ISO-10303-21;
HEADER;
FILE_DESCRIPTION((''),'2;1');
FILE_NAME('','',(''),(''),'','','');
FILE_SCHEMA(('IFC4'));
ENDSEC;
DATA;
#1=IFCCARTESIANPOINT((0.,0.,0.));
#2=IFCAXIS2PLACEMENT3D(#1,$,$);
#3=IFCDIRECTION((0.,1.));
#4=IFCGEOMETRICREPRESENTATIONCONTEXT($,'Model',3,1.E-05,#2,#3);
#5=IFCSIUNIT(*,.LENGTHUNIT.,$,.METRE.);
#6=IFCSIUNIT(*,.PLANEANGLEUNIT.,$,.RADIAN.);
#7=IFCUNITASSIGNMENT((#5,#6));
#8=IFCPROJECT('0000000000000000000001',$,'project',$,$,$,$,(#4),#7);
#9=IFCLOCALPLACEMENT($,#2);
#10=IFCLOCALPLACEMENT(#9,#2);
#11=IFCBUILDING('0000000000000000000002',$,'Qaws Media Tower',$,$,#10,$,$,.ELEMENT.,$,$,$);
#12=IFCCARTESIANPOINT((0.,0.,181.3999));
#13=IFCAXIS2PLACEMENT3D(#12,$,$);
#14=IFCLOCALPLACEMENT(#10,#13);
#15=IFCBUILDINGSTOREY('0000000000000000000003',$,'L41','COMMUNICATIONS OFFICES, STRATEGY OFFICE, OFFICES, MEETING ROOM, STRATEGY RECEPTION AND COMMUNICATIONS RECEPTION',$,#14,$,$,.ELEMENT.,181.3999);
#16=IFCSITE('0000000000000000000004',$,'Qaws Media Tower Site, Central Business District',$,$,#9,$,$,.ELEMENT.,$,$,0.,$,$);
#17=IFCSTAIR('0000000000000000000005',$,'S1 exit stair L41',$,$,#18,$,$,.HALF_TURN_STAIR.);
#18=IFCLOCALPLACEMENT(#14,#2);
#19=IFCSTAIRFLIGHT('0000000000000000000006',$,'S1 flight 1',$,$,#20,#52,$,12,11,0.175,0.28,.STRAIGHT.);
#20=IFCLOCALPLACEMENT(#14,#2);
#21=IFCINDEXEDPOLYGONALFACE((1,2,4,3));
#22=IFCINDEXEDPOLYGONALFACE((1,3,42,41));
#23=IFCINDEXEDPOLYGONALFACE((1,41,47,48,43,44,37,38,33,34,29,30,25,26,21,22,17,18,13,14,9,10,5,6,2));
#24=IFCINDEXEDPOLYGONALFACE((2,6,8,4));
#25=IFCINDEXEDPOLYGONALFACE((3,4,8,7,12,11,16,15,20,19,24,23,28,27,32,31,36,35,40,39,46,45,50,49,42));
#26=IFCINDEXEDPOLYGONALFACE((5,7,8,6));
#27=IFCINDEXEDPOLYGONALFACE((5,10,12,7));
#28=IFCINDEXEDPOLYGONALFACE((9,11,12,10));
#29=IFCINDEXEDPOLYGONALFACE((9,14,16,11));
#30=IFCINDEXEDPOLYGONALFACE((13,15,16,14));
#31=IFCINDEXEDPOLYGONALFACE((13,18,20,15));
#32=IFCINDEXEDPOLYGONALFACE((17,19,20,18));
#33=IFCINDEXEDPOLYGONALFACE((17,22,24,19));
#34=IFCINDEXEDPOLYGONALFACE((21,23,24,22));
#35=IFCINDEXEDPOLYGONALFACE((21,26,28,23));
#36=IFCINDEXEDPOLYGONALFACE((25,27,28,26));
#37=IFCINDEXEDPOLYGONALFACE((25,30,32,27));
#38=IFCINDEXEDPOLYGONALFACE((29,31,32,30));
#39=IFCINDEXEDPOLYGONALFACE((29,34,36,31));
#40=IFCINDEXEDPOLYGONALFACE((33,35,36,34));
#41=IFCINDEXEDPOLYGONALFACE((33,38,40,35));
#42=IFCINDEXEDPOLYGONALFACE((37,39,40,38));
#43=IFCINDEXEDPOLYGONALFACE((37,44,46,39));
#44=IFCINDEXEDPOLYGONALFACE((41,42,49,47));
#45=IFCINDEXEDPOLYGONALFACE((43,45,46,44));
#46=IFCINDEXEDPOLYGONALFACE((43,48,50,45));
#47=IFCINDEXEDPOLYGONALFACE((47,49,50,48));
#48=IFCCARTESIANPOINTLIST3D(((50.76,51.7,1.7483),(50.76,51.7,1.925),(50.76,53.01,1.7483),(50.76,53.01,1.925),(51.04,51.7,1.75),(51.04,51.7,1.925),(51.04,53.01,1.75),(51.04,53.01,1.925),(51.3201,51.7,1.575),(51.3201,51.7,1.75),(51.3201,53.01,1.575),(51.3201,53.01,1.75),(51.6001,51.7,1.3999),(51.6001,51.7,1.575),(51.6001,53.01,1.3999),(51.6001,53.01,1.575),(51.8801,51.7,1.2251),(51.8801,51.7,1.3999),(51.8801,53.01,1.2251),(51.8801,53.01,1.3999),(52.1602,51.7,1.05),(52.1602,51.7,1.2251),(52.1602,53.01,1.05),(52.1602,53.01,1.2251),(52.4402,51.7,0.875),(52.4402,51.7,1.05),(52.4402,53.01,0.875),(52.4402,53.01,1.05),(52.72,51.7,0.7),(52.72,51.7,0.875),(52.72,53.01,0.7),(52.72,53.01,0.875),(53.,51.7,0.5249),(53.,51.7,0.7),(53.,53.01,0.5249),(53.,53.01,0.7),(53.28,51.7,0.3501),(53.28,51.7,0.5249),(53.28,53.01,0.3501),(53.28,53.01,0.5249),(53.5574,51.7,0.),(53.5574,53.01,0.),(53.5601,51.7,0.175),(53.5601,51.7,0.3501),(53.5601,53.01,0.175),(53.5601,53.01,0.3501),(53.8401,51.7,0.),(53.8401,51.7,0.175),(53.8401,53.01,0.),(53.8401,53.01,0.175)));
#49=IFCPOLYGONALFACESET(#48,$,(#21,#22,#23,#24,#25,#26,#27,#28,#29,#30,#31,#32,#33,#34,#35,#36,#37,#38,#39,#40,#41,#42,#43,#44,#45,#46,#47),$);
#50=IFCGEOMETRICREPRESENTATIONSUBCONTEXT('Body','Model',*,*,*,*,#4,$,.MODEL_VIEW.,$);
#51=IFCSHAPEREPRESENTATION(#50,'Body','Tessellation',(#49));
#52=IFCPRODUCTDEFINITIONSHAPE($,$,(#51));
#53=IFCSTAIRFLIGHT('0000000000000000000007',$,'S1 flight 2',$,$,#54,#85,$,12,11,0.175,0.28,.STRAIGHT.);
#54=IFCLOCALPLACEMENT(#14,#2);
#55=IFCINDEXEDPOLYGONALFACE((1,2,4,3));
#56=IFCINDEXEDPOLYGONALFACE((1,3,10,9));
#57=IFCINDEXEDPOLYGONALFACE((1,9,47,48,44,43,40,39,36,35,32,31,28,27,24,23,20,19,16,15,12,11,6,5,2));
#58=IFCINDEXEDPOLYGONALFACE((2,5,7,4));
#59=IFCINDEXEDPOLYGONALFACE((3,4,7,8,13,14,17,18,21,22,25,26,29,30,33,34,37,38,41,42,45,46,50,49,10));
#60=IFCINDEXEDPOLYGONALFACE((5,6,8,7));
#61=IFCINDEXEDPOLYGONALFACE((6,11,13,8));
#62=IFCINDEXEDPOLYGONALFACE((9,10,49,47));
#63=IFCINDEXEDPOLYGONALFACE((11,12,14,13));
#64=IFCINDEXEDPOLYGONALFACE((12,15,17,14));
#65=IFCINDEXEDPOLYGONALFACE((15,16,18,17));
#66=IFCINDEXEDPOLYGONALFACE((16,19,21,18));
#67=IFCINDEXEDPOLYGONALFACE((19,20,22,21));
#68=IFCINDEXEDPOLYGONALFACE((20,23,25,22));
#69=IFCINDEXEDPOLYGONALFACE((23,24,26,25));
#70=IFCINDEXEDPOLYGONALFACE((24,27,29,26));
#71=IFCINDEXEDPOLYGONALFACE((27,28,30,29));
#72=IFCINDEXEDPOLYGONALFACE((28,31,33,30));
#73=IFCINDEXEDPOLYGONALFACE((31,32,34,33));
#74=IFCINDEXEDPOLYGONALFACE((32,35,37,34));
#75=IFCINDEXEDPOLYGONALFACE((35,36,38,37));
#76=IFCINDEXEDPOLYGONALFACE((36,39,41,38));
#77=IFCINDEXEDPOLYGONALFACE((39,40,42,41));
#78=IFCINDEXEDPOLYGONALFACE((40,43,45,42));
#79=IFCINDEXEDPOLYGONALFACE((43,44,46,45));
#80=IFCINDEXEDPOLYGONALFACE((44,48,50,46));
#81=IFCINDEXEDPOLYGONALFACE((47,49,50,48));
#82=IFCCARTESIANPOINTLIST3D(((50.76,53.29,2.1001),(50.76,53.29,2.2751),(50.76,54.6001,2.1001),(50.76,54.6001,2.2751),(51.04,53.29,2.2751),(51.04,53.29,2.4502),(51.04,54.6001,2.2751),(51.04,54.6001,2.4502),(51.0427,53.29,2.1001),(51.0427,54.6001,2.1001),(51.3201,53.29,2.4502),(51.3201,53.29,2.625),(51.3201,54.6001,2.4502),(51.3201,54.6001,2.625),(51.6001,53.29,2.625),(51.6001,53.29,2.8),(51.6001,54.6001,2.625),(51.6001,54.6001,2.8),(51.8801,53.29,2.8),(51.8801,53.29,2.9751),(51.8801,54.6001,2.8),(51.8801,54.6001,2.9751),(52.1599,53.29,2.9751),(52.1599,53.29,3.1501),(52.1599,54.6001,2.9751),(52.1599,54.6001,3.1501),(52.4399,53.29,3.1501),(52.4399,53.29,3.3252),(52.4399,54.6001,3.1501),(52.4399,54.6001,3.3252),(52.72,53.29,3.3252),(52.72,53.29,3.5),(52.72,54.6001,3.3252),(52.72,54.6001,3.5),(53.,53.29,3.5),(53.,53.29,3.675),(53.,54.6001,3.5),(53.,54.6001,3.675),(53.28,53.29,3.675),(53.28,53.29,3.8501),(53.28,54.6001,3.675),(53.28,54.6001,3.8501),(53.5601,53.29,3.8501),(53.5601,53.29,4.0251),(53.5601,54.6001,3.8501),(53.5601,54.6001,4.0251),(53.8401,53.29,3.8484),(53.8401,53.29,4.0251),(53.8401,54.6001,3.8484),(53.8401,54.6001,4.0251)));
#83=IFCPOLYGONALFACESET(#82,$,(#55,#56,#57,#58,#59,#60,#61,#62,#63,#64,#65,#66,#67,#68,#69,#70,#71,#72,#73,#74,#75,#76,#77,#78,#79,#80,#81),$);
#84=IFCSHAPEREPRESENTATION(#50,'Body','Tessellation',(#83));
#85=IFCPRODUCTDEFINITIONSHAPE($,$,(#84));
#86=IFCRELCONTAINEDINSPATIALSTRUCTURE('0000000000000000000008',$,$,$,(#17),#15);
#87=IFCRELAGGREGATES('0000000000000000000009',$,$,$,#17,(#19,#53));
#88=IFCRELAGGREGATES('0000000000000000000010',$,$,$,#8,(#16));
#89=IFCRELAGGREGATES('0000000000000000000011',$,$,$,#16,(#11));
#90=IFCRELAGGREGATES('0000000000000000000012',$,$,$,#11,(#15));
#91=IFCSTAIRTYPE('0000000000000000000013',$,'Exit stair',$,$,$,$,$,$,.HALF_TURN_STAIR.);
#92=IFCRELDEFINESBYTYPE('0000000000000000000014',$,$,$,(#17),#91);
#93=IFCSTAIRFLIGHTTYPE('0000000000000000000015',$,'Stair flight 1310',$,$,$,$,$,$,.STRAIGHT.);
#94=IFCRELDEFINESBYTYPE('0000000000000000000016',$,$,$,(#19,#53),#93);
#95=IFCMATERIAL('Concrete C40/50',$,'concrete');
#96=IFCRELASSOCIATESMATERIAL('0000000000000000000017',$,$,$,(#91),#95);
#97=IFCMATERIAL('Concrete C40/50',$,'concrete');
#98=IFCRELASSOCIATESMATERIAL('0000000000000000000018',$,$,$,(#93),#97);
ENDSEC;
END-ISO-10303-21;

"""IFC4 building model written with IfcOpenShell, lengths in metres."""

from ifc_helpers import new_model, si_unit, direction, frame, origin, place, context, subcontext, project, spatial, polyline, outline, extrude, material, type_object, element, aggregate, save


model = new_model("IFC4")

# Units and contexts
model_context = context("Model", 3, precision=1e-05, world=origin(), true_north=direction((0.0, 1.0)))
body_context = subcontext(model_context, "Body", "Model", "MODEL_VIEW")
ifc_project = project(units=[si_unit("LENGTHUNIT", "METRE"), si_unit("PLANEANGLEUNIT", "RADIAN")], contexts=[model_context])

# Site, building, storey
site_placement = place(None, origin())
site = spatial("IfcSite", under=ifc_project, at=site_placement, Name="Qaws Media Tower Site, Central Business District", CompositionType="ELEMENT", RefElevation=0.0)
building_placement = place(site_placement, origin())
building = spatial("IfcBuilding", under=site, at=building_placement, Name="Qaws Media Tower", CompositionType="ELEMENT")
storey_placement = place(building_placement, frame((0.0, 0.0, 181.3999)))
storey = spatial("IfcBuildingStorey", under=building, at=storey_placement, Name="L41", Description="COMMUNICATIONS OFFICES, STRATEGY OFFICE, OFFICES, MEETING ROOM, STRATEGY RECEPTION AND COMMUNICATIONS RECEPTION", CompositionType="ELEMENT", Elevation=181.3999)

# Stair, stair flights
ifc_material_1 = material(Name="Concrete C40/50", Category="concrete")
stair_type = type_object("IfcStairType", Name="Exit stair", PredefinedType="HALF_TURN_STAIR", material=ifc_material_1)
stair_placement = place(storey_placement, origin())
stair = element("IfcStair", 1, at=stair_placement, inside=storey, type_object=stair_type, Name="S1 exit stair L41", PredefinedType="HALF_TURN_STAIR")
ifc_material_2 = material(Name="Concrete C40/50", Category="concrete")
stair_flight_type = type_object("IfcStairFlightType", Name="Stair flight 1310", PredefinedType="STRAIGHT", material=ifc_material_2)
stair_flight_1_placement = place(storey_placement, frame((53.8401, 52.355, 0.0), z_axis=(0.0, 0.0, 1.0), x_axis=(-1.0, 0.0, 0.0)))
stair_flight_1 = element("IfcStairFlight", 2, at=stair_flight_1_placement, type_object=stair_flight_type, Name="S1 flight 1", NumberOfRisers=12, NumberOfTreads=11, PredefinedType="STRAIGHT", RiserHeight=0.175, TreadLength=0.28, context=body_context, shape_type="SweptSolid", body=[
    extrude(outline(polyline([(0.0, 0.0), (0.0, 0.175), (0.28, 0.175), (0.28, 0.3501), (0.5601, 0.3501), (0.5601, 0.5249), (0.8401, 0.5249), (0.8401, 0.7), (1.1201, 0.7), (1.1201, 0.875), (1.3999, 0.875), (1.3999, 1.05), (1.6799, 1.05), (1.6799, 1.2251), (1.96, 1.2251), (1.96, 1.3999), (2.24, 1.3999), (2.24, 1.575), (2.52, 1.575), (2.52, 1.75), (2.8, 1.75), (2.8, 1.925), (3.0801, 1.925), (3.0801, 2.1001), (3.0801, 1.7483), (0.2827, 0.0), (0.0, 0.0)])), frame((0.0, 0.655, 0.0), z_axis=(0.0, -1.0, 0.0), x_axis=(1.0, 0.0, 0.0)), (0.0, 0.0, 1.0), 1.3101),
])
stair_flight_2_placement = place(storey_placement, frame((50.76, 53.9451, 2.1001), z_axis=(0.0, 0.0, 1.0), x_axis=(1.0, 0.0, 0.0)))
stair_flight_2 = element("IfcStairFlight", 3, at=stair_flight_2_placement, type_object=stair_flight_type, Name="S1 flight 2", NumberOfRisers=12, NumberOfTreads=11, PredefinedType="STRAIGHT", RiserHeight=0.175, TreadLength=0.28, context=body_context, shape_type="SweptSolid", body=[
    extrude(outline(polyline([(0.0, 0.0), (0.0, 0.175), (0.28, 0.175), (0.28, 0.3501), (0.5601, 0.3501), (0.5601, 0.5249), (0.8401, 0.5249), (0.8401, 0.7), (1.1201, 0.7), (1.1201, 0.875), (1.3999, 0.875), (1.3999, 1.05), (1.6799, 1.05), (1.6799, 1.2251), (1.96, 1.2251), (1.96, 1.3999), (2.24, 1.3999), (2.24, 1.575), (2.52, 1.575), (2.52, 1.75), (2.8, 1.75), (2.8, 1.925), (3.0801, 1.925), (3.0801, 2.1001), (3.0801, 1.7483), (0.2827, 0.0), (0.0, 0.0)])), frame((0.0, 0.655, 0.0), z_axis=(0.0, -1.0, 0.0), x_axis=(1.0, 0.0, 0.0)), (0.0, 0.0, 1.0), 1.3101),
])
aggregate(stair, [stair_flight_1, stair_flight_2])

save(model, "model.ifc")
